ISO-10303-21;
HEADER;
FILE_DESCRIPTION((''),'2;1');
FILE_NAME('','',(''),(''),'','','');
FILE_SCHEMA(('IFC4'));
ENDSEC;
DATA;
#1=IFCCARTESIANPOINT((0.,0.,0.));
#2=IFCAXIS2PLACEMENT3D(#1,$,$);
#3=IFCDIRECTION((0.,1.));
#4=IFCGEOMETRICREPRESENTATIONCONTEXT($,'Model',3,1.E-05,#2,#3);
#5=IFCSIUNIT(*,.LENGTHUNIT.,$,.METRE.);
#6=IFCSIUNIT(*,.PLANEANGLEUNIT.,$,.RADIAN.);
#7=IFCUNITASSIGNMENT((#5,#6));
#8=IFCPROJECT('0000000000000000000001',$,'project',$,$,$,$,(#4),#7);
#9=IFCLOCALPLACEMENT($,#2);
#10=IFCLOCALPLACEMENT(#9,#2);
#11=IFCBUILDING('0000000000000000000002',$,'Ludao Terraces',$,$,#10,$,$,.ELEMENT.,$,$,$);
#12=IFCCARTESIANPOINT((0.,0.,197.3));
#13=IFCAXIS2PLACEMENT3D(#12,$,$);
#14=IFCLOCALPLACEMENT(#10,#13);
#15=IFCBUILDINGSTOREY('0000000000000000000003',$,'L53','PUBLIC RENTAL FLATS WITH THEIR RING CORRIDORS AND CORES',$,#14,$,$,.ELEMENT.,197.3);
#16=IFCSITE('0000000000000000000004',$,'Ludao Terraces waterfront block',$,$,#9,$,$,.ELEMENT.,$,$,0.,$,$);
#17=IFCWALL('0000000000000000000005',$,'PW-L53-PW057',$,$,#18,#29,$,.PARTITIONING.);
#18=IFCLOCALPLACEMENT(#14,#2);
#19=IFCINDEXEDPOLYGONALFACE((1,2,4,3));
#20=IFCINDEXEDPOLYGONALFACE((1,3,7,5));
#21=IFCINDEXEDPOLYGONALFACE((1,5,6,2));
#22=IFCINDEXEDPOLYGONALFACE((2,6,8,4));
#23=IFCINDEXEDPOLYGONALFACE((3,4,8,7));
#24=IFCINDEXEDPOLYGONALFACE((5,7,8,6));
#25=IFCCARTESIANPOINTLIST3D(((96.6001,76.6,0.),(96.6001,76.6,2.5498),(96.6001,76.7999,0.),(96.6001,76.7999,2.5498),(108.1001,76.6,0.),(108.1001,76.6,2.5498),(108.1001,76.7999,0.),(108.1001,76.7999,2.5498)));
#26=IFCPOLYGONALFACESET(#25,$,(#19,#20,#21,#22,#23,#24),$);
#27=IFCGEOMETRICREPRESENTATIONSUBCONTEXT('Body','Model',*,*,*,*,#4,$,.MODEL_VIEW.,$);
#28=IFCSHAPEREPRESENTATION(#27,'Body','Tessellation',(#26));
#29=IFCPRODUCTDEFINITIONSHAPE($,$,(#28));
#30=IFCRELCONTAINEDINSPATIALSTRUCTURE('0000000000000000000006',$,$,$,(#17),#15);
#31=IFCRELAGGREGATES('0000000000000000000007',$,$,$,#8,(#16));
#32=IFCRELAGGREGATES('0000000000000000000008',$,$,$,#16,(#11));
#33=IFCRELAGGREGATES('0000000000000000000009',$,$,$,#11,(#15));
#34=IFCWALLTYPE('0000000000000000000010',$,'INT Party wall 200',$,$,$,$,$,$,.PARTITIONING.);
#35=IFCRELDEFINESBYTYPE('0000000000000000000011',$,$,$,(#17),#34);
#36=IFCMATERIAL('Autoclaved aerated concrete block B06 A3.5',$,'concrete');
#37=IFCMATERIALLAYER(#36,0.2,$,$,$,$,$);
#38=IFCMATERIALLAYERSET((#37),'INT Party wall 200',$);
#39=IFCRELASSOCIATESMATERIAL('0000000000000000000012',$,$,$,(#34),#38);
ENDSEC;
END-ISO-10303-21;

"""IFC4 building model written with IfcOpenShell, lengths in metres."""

from ifc_helpers import new_model, si_unit, direction, frame, frame_2d, origin, place, context, subcontext, project, spatial, rectangle, extrude, material, layer, layer_set, type_object, element, save


model = new_model("IFC4")

# Units and contexts
model_context = context("Model", 3, precision=1e-05, world=origin(), true_north=direction((0.0, 1.0)))
body_context = subcontext(model_context, "Body", "Model", "MODEL_VIEW")
ifc_project = project(units=[si_unit("LENGTHUNIT", "METRE"), si_unit("PLANEANGLEUNIT", "RADIAN")], contexts=[model_context])

# Site, building, storey
site_placement = place(None, origin())
site = spatial("IfcSite", under=ifc_project, at=site_placement, Name="Ludao Terraces waterfront block", CompositionType="ELEMENT", RefElevation=0.0)
building_placement = place(site_placement, origin())
building = spatial("IfcBuilding", under=site, at=building_placement, Name="Ludao Terraces", CompositionType="ELEMENT")
storey_placement = place(building_placement, frame((0.0, 0.0, 197.3)))
storey = spatial("IfcBuildingStorey", under=building, at=storey_placement, Name="L53", Description="PUBLIC RENTAL FLATS WITH THEIR RING CORRIDORS AND CORES", CompositionType="ELEMENT", Elevation=197.3)

# Wall
ifc_material_1 = material(Name="Autoclaved aerated concrete block B06 A3.5", Category="concrete")
ifc_layer_1 = layer(ifc_material_1, 0.2)
ifc_layer_set_1 = layer_set([ifc_layer_1], Name="INT Party wall 200")
wall_type_1 = type_object("IfcWallType", Name="INT Party wall 200", PredefinedType="PARTITIONING", material=ifc_layer_set_1)
wall_1_placement = place(storey_placement, frame((96.6001, 76.7, 0.0), z_axis=(0.0, 0.0, 1.0), x_axis=(1.0, 0.0, 0.0)))
element("IfcWall", 1, at=wall_1_placement, inside=storey, type_object=wall_type_1, Name="PW-L53-PW057", PredefinedType="PARTITIONING", context=body_context, shape_type="SweptSolid", body=[
    extrude(rectangle(XDim=11.5, YDim=0.2, at=frame_2d((5.75, 0.0))), origin(), (0.0, 0.0, 1.0), 2.5498),
])

save(model, "model.ifc")
